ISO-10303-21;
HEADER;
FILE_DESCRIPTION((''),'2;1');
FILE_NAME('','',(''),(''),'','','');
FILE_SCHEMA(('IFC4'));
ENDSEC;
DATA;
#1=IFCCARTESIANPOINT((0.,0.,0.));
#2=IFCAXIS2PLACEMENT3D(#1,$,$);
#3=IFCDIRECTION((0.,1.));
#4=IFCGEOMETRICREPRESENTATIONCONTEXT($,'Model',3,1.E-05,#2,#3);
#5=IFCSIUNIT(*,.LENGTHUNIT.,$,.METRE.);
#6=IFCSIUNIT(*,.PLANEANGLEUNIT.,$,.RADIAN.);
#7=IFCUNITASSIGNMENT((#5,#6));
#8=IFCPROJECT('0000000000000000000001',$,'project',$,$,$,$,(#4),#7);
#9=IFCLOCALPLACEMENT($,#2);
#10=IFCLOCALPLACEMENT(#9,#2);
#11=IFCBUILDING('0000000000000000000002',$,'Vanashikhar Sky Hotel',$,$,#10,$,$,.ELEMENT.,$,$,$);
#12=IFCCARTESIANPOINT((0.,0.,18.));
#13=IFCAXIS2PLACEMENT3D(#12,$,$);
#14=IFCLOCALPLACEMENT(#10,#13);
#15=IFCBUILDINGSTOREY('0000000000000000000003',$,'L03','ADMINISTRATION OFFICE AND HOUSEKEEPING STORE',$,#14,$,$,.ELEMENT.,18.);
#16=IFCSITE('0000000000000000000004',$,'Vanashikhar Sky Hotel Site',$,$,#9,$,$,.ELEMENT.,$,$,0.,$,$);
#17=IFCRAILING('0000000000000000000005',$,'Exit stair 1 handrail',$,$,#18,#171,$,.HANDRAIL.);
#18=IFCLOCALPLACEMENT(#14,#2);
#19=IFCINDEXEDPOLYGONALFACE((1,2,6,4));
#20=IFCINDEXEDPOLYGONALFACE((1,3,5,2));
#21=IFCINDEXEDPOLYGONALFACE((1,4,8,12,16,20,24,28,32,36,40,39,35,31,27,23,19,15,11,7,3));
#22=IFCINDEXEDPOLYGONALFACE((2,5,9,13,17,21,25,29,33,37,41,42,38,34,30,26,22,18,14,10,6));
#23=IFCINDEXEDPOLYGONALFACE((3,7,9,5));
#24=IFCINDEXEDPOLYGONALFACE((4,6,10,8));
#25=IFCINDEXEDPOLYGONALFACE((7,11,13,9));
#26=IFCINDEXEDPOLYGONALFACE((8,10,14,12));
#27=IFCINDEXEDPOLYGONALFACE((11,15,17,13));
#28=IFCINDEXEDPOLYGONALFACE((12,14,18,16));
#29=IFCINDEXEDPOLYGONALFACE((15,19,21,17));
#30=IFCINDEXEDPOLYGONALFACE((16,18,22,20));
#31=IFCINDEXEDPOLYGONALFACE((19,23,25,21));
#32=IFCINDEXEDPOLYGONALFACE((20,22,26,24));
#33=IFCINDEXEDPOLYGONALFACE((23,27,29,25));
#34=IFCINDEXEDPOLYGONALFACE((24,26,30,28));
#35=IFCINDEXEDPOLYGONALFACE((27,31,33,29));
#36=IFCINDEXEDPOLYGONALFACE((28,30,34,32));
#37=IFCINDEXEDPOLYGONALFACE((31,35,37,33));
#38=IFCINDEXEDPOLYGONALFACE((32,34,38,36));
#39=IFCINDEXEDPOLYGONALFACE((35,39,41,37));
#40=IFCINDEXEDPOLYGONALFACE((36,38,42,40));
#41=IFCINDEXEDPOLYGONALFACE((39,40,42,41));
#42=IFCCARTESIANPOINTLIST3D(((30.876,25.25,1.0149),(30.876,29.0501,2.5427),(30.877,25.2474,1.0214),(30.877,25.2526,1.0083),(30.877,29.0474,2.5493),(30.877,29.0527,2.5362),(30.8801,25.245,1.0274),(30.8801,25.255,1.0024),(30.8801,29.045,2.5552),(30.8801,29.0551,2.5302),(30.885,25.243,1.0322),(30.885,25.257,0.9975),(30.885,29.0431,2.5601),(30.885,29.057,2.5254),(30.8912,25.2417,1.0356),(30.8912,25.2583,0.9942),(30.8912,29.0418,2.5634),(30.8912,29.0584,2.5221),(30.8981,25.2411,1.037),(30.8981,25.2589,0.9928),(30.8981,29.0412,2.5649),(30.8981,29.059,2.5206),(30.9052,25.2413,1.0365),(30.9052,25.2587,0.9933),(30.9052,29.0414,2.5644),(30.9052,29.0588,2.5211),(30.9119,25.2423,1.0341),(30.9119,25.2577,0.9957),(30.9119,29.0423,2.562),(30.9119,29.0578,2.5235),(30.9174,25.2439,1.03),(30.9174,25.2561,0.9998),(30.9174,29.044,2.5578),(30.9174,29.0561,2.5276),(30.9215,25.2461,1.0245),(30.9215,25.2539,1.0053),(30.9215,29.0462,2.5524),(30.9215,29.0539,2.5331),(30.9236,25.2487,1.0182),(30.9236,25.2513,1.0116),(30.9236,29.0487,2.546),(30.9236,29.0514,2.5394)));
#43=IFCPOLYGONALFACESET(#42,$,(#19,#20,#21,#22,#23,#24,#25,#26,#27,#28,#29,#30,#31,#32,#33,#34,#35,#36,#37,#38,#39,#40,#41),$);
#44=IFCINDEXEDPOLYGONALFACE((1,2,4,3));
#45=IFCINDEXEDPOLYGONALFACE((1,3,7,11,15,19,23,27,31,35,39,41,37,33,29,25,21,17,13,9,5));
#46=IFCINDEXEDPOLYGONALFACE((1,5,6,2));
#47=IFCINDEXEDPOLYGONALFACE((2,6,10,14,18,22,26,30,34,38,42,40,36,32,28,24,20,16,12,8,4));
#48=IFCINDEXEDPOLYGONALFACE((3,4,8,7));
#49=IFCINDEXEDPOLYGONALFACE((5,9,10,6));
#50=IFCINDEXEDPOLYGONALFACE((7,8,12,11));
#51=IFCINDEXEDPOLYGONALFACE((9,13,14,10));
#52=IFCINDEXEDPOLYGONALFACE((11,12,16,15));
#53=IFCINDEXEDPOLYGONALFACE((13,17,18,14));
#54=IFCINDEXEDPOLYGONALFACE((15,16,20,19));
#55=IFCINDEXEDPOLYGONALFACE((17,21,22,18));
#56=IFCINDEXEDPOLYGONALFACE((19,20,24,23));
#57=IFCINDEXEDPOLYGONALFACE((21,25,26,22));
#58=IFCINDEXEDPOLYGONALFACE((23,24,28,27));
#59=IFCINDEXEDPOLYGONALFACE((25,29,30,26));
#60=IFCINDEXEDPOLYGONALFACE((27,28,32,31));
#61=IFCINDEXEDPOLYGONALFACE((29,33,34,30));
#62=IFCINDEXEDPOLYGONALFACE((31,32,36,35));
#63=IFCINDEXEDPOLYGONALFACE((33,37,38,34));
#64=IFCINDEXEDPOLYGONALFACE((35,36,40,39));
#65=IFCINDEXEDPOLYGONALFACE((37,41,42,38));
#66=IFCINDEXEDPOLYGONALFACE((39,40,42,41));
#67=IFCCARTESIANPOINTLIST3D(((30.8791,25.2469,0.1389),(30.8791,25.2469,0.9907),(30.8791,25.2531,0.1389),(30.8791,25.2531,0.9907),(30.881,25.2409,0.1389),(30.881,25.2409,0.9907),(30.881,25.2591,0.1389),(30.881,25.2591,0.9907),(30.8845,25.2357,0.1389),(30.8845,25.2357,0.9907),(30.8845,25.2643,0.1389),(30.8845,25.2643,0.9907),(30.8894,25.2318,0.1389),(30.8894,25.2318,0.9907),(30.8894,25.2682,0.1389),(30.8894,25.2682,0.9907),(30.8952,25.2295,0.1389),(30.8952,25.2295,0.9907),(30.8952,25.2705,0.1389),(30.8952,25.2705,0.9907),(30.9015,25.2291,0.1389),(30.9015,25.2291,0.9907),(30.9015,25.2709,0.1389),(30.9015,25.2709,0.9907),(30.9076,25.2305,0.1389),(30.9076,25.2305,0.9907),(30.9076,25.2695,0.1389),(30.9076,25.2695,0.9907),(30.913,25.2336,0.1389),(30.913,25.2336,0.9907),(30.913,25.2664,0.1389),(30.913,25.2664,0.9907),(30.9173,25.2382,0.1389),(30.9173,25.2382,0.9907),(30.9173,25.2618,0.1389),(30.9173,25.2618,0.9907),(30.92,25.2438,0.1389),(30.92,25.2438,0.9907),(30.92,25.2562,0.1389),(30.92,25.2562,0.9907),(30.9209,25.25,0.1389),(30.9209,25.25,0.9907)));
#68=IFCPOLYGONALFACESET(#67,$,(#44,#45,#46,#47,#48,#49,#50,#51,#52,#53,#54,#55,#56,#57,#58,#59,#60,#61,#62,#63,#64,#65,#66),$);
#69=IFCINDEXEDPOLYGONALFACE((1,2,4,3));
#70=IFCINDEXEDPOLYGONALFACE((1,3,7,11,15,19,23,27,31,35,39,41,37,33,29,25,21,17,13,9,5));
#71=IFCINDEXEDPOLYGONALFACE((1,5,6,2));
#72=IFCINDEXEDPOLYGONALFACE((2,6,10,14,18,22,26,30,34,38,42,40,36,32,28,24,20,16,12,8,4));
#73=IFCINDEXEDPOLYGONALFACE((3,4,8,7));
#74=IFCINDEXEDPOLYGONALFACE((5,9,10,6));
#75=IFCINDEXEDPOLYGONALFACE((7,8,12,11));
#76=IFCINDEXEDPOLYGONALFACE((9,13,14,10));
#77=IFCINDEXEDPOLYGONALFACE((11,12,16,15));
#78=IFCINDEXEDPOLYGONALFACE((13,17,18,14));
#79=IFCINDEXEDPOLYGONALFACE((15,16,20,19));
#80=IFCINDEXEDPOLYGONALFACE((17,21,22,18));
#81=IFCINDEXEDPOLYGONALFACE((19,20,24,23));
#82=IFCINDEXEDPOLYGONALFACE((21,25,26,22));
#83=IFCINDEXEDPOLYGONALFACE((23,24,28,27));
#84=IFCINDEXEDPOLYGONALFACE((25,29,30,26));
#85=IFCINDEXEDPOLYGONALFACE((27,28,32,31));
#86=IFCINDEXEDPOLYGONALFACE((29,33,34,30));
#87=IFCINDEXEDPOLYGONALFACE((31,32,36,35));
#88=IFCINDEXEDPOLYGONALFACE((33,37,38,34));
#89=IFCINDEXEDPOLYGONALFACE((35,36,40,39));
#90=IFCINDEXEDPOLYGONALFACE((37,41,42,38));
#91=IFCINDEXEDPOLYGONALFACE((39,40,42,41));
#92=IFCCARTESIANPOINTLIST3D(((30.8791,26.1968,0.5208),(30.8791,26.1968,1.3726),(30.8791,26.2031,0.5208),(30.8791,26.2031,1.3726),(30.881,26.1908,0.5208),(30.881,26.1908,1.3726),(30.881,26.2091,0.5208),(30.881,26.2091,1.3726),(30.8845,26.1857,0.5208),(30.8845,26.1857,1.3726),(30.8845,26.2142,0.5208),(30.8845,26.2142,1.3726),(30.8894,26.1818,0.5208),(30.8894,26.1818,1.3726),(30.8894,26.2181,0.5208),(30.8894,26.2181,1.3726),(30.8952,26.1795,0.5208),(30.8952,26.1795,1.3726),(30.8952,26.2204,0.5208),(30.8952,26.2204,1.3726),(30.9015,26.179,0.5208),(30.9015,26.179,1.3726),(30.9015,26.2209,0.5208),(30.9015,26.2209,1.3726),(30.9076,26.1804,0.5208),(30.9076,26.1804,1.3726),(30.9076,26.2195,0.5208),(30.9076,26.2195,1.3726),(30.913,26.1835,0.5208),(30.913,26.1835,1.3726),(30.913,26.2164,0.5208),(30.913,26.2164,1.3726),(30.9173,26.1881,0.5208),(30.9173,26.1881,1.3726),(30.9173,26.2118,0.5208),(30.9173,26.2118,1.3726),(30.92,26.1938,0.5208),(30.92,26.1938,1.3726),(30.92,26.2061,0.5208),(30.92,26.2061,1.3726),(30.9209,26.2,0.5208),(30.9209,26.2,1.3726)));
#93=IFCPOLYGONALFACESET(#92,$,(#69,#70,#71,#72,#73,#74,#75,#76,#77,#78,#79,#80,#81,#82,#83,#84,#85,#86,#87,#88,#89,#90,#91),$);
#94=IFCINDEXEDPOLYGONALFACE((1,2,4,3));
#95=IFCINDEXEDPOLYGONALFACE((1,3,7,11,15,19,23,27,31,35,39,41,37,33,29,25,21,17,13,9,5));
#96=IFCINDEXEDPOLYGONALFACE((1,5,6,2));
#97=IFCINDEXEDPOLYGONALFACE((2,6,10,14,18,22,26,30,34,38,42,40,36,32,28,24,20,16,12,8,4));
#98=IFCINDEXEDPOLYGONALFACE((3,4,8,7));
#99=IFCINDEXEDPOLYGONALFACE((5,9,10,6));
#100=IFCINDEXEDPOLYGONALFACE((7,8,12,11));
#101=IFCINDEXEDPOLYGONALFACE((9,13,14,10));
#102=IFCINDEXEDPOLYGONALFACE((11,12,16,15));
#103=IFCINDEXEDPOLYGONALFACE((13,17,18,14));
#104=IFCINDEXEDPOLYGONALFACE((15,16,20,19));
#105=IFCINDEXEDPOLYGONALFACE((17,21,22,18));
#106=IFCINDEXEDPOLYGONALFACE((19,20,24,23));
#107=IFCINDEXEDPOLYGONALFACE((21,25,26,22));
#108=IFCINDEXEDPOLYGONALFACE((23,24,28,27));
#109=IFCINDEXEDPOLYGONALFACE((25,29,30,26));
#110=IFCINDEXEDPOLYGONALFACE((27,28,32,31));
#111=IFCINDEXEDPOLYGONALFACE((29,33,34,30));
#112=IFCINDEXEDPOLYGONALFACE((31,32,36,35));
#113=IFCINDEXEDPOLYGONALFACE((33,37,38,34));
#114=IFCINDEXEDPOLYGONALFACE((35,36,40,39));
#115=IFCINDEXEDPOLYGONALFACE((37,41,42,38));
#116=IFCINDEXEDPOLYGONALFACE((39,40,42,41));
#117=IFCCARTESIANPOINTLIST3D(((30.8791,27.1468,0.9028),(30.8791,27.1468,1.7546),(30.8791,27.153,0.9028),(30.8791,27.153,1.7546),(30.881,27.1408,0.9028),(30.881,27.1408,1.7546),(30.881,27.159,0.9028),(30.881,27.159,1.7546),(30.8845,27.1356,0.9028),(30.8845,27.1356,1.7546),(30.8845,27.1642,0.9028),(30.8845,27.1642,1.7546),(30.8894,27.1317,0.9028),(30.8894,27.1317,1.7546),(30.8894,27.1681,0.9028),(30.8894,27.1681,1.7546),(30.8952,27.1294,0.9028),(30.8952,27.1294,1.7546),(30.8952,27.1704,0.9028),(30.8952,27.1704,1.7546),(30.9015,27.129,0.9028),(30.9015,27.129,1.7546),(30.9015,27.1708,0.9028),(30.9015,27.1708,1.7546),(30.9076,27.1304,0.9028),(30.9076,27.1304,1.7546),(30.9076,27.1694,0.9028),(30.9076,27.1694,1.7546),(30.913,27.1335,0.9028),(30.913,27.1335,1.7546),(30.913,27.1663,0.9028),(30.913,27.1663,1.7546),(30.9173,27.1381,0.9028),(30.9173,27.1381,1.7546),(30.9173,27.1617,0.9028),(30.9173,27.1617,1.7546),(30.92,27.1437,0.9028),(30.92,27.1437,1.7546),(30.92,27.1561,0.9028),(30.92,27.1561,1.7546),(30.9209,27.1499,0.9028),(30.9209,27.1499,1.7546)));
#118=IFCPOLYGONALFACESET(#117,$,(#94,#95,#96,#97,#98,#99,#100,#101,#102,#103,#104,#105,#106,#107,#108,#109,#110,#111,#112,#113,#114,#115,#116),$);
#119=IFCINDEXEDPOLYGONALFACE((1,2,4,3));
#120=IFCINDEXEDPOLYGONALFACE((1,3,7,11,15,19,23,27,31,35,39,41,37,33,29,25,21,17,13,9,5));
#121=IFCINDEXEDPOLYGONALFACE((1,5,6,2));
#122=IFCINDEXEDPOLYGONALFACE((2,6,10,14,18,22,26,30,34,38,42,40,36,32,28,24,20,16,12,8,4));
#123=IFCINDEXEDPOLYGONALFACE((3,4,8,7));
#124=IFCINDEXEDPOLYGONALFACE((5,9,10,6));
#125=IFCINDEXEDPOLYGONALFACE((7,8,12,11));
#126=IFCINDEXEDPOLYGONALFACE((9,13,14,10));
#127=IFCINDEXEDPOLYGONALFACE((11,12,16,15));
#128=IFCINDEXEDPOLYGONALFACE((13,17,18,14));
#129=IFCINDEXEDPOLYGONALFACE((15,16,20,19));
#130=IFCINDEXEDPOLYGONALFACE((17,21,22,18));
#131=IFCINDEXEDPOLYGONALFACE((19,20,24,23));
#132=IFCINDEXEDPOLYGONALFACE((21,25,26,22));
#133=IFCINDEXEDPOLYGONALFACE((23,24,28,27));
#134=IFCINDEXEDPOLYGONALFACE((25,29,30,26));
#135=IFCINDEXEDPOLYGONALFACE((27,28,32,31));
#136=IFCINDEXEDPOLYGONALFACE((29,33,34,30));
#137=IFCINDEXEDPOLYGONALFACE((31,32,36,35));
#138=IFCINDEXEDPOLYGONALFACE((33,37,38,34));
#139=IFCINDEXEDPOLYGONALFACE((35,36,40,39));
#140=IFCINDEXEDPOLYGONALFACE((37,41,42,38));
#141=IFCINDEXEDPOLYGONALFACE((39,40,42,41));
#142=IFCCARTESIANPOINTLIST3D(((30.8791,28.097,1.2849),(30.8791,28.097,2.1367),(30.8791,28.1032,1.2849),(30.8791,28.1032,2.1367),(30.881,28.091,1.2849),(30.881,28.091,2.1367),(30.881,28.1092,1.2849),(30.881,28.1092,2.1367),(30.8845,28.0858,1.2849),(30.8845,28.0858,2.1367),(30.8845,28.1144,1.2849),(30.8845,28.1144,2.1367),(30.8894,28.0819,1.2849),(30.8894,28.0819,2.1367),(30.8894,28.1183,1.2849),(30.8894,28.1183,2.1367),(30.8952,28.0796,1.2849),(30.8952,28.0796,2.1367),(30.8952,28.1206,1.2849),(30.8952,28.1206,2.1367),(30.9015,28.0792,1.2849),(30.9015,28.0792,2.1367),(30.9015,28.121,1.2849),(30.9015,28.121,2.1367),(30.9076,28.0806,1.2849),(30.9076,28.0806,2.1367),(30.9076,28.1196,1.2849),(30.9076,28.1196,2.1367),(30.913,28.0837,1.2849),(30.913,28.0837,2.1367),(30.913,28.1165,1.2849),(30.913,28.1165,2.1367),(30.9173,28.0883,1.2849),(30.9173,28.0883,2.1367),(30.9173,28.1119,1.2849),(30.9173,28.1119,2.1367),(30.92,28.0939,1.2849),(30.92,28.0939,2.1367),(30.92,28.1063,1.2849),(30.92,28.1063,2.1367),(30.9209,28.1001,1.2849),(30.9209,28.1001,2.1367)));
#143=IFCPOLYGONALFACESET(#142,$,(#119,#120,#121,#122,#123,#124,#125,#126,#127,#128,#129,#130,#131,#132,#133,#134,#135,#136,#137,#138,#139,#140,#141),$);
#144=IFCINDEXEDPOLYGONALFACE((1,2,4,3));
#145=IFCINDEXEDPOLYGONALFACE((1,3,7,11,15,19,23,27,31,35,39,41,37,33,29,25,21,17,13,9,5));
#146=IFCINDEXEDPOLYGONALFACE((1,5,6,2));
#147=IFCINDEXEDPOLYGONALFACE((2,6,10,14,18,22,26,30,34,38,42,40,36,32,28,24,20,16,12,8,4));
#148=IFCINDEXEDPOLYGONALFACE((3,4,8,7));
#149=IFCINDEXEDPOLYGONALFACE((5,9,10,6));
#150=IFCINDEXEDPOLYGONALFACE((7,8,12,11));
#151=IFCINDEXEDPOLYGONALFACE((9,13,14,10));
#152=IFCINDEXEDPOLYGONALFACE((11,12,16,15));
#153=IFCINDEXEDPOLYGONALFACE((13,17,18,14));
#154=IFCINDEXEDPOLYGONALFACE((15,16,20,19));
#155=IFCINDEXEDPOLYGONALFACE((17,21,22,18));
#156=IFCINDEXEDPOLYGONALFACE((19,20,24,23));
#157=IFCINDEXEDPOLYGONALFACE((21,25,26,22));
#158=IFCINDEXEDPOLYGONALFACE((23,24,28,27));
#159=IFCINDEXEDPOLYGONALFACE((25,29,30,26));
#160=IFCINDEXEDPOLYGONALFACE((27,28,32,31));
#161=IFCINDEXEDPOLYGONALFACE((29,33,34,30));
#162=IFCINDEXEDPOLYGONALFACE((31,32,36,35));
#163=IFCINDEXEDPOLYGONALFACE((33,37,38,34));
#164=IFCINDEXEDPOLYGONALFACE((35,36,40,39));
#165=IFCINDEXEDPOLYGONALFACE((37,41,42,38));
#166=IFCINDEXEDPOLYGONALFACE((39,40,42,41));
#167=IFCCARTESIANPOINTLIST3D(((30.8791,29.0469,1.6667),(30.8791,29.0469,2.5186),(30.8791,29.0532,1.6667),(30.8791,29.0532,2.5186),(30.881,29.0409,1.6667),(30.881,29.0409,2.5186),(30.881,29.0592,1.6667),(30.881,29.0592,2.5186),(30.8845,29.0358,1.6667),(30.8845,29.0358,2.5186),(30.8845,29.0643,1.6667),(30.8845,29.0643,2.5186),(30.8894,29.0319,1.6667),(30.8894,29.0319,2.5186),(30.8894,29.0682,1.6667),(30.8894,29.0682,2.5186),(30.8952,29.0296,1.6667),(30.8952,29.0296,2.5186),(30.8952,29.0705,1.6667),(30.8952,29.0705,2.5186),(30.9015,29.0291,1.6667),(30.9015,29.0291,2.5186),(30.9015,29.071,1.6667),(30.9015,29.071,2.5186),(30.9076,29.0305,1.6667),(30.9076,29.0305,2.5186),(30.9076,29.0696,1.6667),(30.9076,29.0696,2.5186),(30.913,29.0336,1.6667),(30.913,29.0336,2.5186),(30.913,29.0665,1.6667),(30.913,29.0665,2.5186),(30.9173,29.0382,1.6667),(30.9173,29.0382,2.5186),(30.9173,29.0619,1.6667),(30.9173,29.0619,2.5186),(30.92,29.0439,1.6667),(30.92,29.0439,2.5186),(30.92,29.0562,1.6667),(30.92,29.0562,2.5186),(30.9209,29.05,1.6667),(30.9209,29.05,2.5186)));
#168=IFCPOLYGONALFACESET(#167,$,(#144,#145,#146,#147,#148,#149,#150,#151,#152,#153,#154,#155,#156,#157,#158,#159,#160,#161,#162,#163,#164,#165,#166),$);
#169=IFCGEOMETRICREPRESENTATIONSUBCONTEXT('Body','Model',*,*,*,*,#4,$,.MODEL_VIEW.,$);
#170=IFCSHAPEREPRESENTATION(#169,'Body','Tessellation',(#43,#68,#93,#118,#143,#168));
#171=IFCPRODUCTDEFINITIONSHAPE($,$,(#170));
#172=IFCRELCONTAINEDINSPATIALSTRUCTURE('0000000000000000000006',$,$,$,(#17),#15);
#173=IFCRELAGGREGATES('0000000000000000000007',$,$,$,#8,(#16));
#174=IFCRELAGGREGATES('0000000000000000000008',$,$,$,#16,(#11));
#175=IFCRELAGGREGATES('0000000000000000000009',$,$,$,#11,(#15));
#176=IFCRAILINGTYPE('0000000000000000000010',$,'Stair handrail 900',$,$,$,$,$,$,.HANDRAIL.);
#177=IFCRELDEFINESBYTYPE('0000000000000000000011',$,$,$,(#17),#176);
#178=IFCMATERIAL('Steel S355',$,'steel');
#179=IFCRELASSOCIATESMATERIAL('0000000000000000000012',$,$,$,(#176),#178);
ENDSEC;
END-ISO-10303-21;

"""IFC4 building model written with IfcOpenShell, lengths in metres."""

from ifc_helpers import new_model, si_unit, direction, frame, origin, origin_2d, place, context, subcontext, project, spatial, circle, extrude, source, transform, mapped, material, type_object, element, save


model = new_model("IFC4")

# Units and contexts
model_context = context("Model", 3, precision=1e-05, world=origin(), true_north=direction((0.0, 1.0)))
body_context = subcontext(model_context, "Body", "Model", "MODEL_VIEW")
ifc_project = project(units=[si_unit("LENGTHUNIT", "METRE"), si_unit("PLANEANGLEUNIT", "RADIAN")], contexts=[model_context])

# Site, building, storey
site_placement = place(None, origin())
site = spatial("IfcSite", under=ifc_project, at=site_placement, Name="Vanashikhar Sky Hotel Site", CompositionType="ELEMENT", RefElevation=0.0)
building_placement = place(site_placement, origin())
building = spatial("IfcBuilding", under=site, at=building_placement, Name="Vanashikhar Sky Hotel", CompositionType="ELEMENT")
storey_placement = place(building_placement, frame((0.0, 0.0, 18.0)))
storey = spatial("IfcBuildingStorey", under=building, at=storey_placement, Name="L03", Description="ADMINISTRATION OFFICE AND HOUSEKEEPING STORE", CompositionType="ELEMENT", Elevation=18.0)

# Railing
ifc_material_1 = material(Name="Steel S355", Category="steel")
railing_type = type_object("IfcRailingType", Name="Stair handrail 900", PredefinedType="HANDRAIL", material=ifc_material_1)
shared_shape_1 = source(origin(), body_context, "Body", "SweptSolid", [
    extrude(circle(Radius=0.0239, at=origin_2d()), frame((0.0, 0.0, 0.876), z_axis=(0.0, 0.927817, 0.373034), x_axis=(-1.0, 0.0, 0.0)), (0.0, 0.0, 1.0), 4.0957),
    extrude(circle(Radius=0.021, at=origin_2d()), origin(), (0.0, 0.0, 1.0), 0.8518),
    extrude(circle(Radius=0.021, at=origin_2d()), frame((0.0, 0.95, 0.3818)), (0.0, 0.0, 1.0), 0.8518),
    extrude(circle(Radius=0.021, at=origin_2d()), frame((0.0, 1.8999, 0.7639)), (0.0, 0.0, 1.0), 0.8518),
    extrude(circle(Radius=0.021, at=origin_2d()), frame((0.0, 2.8501, 1.146)), (0.0, 0.0, 1.0), 0.8518),
    extrude(circle(Radius=0.021, at=origin_2d()), frame((0.0, 3.8, 1.5278)), (0.0, 0.0, 1.0), 0.8518),
])
for number, where, name in (
    (1, (30.8999, 25.25, 0.1389), "Exit stair 1 handrail"),
):
    element("IfcRailing", number, at=place(storey_placement, frame(where)), inside=storey, type_object=railing_type, Name=name, PredefinedType="HANDRAIL", context=body_context, shape_type="MappedRepresentation", body=[
        mapped(shared_shape_1, transform((0.0, 0.0, 0.0), scale=1.0)),
    ])

save(model, "model.ifc")
